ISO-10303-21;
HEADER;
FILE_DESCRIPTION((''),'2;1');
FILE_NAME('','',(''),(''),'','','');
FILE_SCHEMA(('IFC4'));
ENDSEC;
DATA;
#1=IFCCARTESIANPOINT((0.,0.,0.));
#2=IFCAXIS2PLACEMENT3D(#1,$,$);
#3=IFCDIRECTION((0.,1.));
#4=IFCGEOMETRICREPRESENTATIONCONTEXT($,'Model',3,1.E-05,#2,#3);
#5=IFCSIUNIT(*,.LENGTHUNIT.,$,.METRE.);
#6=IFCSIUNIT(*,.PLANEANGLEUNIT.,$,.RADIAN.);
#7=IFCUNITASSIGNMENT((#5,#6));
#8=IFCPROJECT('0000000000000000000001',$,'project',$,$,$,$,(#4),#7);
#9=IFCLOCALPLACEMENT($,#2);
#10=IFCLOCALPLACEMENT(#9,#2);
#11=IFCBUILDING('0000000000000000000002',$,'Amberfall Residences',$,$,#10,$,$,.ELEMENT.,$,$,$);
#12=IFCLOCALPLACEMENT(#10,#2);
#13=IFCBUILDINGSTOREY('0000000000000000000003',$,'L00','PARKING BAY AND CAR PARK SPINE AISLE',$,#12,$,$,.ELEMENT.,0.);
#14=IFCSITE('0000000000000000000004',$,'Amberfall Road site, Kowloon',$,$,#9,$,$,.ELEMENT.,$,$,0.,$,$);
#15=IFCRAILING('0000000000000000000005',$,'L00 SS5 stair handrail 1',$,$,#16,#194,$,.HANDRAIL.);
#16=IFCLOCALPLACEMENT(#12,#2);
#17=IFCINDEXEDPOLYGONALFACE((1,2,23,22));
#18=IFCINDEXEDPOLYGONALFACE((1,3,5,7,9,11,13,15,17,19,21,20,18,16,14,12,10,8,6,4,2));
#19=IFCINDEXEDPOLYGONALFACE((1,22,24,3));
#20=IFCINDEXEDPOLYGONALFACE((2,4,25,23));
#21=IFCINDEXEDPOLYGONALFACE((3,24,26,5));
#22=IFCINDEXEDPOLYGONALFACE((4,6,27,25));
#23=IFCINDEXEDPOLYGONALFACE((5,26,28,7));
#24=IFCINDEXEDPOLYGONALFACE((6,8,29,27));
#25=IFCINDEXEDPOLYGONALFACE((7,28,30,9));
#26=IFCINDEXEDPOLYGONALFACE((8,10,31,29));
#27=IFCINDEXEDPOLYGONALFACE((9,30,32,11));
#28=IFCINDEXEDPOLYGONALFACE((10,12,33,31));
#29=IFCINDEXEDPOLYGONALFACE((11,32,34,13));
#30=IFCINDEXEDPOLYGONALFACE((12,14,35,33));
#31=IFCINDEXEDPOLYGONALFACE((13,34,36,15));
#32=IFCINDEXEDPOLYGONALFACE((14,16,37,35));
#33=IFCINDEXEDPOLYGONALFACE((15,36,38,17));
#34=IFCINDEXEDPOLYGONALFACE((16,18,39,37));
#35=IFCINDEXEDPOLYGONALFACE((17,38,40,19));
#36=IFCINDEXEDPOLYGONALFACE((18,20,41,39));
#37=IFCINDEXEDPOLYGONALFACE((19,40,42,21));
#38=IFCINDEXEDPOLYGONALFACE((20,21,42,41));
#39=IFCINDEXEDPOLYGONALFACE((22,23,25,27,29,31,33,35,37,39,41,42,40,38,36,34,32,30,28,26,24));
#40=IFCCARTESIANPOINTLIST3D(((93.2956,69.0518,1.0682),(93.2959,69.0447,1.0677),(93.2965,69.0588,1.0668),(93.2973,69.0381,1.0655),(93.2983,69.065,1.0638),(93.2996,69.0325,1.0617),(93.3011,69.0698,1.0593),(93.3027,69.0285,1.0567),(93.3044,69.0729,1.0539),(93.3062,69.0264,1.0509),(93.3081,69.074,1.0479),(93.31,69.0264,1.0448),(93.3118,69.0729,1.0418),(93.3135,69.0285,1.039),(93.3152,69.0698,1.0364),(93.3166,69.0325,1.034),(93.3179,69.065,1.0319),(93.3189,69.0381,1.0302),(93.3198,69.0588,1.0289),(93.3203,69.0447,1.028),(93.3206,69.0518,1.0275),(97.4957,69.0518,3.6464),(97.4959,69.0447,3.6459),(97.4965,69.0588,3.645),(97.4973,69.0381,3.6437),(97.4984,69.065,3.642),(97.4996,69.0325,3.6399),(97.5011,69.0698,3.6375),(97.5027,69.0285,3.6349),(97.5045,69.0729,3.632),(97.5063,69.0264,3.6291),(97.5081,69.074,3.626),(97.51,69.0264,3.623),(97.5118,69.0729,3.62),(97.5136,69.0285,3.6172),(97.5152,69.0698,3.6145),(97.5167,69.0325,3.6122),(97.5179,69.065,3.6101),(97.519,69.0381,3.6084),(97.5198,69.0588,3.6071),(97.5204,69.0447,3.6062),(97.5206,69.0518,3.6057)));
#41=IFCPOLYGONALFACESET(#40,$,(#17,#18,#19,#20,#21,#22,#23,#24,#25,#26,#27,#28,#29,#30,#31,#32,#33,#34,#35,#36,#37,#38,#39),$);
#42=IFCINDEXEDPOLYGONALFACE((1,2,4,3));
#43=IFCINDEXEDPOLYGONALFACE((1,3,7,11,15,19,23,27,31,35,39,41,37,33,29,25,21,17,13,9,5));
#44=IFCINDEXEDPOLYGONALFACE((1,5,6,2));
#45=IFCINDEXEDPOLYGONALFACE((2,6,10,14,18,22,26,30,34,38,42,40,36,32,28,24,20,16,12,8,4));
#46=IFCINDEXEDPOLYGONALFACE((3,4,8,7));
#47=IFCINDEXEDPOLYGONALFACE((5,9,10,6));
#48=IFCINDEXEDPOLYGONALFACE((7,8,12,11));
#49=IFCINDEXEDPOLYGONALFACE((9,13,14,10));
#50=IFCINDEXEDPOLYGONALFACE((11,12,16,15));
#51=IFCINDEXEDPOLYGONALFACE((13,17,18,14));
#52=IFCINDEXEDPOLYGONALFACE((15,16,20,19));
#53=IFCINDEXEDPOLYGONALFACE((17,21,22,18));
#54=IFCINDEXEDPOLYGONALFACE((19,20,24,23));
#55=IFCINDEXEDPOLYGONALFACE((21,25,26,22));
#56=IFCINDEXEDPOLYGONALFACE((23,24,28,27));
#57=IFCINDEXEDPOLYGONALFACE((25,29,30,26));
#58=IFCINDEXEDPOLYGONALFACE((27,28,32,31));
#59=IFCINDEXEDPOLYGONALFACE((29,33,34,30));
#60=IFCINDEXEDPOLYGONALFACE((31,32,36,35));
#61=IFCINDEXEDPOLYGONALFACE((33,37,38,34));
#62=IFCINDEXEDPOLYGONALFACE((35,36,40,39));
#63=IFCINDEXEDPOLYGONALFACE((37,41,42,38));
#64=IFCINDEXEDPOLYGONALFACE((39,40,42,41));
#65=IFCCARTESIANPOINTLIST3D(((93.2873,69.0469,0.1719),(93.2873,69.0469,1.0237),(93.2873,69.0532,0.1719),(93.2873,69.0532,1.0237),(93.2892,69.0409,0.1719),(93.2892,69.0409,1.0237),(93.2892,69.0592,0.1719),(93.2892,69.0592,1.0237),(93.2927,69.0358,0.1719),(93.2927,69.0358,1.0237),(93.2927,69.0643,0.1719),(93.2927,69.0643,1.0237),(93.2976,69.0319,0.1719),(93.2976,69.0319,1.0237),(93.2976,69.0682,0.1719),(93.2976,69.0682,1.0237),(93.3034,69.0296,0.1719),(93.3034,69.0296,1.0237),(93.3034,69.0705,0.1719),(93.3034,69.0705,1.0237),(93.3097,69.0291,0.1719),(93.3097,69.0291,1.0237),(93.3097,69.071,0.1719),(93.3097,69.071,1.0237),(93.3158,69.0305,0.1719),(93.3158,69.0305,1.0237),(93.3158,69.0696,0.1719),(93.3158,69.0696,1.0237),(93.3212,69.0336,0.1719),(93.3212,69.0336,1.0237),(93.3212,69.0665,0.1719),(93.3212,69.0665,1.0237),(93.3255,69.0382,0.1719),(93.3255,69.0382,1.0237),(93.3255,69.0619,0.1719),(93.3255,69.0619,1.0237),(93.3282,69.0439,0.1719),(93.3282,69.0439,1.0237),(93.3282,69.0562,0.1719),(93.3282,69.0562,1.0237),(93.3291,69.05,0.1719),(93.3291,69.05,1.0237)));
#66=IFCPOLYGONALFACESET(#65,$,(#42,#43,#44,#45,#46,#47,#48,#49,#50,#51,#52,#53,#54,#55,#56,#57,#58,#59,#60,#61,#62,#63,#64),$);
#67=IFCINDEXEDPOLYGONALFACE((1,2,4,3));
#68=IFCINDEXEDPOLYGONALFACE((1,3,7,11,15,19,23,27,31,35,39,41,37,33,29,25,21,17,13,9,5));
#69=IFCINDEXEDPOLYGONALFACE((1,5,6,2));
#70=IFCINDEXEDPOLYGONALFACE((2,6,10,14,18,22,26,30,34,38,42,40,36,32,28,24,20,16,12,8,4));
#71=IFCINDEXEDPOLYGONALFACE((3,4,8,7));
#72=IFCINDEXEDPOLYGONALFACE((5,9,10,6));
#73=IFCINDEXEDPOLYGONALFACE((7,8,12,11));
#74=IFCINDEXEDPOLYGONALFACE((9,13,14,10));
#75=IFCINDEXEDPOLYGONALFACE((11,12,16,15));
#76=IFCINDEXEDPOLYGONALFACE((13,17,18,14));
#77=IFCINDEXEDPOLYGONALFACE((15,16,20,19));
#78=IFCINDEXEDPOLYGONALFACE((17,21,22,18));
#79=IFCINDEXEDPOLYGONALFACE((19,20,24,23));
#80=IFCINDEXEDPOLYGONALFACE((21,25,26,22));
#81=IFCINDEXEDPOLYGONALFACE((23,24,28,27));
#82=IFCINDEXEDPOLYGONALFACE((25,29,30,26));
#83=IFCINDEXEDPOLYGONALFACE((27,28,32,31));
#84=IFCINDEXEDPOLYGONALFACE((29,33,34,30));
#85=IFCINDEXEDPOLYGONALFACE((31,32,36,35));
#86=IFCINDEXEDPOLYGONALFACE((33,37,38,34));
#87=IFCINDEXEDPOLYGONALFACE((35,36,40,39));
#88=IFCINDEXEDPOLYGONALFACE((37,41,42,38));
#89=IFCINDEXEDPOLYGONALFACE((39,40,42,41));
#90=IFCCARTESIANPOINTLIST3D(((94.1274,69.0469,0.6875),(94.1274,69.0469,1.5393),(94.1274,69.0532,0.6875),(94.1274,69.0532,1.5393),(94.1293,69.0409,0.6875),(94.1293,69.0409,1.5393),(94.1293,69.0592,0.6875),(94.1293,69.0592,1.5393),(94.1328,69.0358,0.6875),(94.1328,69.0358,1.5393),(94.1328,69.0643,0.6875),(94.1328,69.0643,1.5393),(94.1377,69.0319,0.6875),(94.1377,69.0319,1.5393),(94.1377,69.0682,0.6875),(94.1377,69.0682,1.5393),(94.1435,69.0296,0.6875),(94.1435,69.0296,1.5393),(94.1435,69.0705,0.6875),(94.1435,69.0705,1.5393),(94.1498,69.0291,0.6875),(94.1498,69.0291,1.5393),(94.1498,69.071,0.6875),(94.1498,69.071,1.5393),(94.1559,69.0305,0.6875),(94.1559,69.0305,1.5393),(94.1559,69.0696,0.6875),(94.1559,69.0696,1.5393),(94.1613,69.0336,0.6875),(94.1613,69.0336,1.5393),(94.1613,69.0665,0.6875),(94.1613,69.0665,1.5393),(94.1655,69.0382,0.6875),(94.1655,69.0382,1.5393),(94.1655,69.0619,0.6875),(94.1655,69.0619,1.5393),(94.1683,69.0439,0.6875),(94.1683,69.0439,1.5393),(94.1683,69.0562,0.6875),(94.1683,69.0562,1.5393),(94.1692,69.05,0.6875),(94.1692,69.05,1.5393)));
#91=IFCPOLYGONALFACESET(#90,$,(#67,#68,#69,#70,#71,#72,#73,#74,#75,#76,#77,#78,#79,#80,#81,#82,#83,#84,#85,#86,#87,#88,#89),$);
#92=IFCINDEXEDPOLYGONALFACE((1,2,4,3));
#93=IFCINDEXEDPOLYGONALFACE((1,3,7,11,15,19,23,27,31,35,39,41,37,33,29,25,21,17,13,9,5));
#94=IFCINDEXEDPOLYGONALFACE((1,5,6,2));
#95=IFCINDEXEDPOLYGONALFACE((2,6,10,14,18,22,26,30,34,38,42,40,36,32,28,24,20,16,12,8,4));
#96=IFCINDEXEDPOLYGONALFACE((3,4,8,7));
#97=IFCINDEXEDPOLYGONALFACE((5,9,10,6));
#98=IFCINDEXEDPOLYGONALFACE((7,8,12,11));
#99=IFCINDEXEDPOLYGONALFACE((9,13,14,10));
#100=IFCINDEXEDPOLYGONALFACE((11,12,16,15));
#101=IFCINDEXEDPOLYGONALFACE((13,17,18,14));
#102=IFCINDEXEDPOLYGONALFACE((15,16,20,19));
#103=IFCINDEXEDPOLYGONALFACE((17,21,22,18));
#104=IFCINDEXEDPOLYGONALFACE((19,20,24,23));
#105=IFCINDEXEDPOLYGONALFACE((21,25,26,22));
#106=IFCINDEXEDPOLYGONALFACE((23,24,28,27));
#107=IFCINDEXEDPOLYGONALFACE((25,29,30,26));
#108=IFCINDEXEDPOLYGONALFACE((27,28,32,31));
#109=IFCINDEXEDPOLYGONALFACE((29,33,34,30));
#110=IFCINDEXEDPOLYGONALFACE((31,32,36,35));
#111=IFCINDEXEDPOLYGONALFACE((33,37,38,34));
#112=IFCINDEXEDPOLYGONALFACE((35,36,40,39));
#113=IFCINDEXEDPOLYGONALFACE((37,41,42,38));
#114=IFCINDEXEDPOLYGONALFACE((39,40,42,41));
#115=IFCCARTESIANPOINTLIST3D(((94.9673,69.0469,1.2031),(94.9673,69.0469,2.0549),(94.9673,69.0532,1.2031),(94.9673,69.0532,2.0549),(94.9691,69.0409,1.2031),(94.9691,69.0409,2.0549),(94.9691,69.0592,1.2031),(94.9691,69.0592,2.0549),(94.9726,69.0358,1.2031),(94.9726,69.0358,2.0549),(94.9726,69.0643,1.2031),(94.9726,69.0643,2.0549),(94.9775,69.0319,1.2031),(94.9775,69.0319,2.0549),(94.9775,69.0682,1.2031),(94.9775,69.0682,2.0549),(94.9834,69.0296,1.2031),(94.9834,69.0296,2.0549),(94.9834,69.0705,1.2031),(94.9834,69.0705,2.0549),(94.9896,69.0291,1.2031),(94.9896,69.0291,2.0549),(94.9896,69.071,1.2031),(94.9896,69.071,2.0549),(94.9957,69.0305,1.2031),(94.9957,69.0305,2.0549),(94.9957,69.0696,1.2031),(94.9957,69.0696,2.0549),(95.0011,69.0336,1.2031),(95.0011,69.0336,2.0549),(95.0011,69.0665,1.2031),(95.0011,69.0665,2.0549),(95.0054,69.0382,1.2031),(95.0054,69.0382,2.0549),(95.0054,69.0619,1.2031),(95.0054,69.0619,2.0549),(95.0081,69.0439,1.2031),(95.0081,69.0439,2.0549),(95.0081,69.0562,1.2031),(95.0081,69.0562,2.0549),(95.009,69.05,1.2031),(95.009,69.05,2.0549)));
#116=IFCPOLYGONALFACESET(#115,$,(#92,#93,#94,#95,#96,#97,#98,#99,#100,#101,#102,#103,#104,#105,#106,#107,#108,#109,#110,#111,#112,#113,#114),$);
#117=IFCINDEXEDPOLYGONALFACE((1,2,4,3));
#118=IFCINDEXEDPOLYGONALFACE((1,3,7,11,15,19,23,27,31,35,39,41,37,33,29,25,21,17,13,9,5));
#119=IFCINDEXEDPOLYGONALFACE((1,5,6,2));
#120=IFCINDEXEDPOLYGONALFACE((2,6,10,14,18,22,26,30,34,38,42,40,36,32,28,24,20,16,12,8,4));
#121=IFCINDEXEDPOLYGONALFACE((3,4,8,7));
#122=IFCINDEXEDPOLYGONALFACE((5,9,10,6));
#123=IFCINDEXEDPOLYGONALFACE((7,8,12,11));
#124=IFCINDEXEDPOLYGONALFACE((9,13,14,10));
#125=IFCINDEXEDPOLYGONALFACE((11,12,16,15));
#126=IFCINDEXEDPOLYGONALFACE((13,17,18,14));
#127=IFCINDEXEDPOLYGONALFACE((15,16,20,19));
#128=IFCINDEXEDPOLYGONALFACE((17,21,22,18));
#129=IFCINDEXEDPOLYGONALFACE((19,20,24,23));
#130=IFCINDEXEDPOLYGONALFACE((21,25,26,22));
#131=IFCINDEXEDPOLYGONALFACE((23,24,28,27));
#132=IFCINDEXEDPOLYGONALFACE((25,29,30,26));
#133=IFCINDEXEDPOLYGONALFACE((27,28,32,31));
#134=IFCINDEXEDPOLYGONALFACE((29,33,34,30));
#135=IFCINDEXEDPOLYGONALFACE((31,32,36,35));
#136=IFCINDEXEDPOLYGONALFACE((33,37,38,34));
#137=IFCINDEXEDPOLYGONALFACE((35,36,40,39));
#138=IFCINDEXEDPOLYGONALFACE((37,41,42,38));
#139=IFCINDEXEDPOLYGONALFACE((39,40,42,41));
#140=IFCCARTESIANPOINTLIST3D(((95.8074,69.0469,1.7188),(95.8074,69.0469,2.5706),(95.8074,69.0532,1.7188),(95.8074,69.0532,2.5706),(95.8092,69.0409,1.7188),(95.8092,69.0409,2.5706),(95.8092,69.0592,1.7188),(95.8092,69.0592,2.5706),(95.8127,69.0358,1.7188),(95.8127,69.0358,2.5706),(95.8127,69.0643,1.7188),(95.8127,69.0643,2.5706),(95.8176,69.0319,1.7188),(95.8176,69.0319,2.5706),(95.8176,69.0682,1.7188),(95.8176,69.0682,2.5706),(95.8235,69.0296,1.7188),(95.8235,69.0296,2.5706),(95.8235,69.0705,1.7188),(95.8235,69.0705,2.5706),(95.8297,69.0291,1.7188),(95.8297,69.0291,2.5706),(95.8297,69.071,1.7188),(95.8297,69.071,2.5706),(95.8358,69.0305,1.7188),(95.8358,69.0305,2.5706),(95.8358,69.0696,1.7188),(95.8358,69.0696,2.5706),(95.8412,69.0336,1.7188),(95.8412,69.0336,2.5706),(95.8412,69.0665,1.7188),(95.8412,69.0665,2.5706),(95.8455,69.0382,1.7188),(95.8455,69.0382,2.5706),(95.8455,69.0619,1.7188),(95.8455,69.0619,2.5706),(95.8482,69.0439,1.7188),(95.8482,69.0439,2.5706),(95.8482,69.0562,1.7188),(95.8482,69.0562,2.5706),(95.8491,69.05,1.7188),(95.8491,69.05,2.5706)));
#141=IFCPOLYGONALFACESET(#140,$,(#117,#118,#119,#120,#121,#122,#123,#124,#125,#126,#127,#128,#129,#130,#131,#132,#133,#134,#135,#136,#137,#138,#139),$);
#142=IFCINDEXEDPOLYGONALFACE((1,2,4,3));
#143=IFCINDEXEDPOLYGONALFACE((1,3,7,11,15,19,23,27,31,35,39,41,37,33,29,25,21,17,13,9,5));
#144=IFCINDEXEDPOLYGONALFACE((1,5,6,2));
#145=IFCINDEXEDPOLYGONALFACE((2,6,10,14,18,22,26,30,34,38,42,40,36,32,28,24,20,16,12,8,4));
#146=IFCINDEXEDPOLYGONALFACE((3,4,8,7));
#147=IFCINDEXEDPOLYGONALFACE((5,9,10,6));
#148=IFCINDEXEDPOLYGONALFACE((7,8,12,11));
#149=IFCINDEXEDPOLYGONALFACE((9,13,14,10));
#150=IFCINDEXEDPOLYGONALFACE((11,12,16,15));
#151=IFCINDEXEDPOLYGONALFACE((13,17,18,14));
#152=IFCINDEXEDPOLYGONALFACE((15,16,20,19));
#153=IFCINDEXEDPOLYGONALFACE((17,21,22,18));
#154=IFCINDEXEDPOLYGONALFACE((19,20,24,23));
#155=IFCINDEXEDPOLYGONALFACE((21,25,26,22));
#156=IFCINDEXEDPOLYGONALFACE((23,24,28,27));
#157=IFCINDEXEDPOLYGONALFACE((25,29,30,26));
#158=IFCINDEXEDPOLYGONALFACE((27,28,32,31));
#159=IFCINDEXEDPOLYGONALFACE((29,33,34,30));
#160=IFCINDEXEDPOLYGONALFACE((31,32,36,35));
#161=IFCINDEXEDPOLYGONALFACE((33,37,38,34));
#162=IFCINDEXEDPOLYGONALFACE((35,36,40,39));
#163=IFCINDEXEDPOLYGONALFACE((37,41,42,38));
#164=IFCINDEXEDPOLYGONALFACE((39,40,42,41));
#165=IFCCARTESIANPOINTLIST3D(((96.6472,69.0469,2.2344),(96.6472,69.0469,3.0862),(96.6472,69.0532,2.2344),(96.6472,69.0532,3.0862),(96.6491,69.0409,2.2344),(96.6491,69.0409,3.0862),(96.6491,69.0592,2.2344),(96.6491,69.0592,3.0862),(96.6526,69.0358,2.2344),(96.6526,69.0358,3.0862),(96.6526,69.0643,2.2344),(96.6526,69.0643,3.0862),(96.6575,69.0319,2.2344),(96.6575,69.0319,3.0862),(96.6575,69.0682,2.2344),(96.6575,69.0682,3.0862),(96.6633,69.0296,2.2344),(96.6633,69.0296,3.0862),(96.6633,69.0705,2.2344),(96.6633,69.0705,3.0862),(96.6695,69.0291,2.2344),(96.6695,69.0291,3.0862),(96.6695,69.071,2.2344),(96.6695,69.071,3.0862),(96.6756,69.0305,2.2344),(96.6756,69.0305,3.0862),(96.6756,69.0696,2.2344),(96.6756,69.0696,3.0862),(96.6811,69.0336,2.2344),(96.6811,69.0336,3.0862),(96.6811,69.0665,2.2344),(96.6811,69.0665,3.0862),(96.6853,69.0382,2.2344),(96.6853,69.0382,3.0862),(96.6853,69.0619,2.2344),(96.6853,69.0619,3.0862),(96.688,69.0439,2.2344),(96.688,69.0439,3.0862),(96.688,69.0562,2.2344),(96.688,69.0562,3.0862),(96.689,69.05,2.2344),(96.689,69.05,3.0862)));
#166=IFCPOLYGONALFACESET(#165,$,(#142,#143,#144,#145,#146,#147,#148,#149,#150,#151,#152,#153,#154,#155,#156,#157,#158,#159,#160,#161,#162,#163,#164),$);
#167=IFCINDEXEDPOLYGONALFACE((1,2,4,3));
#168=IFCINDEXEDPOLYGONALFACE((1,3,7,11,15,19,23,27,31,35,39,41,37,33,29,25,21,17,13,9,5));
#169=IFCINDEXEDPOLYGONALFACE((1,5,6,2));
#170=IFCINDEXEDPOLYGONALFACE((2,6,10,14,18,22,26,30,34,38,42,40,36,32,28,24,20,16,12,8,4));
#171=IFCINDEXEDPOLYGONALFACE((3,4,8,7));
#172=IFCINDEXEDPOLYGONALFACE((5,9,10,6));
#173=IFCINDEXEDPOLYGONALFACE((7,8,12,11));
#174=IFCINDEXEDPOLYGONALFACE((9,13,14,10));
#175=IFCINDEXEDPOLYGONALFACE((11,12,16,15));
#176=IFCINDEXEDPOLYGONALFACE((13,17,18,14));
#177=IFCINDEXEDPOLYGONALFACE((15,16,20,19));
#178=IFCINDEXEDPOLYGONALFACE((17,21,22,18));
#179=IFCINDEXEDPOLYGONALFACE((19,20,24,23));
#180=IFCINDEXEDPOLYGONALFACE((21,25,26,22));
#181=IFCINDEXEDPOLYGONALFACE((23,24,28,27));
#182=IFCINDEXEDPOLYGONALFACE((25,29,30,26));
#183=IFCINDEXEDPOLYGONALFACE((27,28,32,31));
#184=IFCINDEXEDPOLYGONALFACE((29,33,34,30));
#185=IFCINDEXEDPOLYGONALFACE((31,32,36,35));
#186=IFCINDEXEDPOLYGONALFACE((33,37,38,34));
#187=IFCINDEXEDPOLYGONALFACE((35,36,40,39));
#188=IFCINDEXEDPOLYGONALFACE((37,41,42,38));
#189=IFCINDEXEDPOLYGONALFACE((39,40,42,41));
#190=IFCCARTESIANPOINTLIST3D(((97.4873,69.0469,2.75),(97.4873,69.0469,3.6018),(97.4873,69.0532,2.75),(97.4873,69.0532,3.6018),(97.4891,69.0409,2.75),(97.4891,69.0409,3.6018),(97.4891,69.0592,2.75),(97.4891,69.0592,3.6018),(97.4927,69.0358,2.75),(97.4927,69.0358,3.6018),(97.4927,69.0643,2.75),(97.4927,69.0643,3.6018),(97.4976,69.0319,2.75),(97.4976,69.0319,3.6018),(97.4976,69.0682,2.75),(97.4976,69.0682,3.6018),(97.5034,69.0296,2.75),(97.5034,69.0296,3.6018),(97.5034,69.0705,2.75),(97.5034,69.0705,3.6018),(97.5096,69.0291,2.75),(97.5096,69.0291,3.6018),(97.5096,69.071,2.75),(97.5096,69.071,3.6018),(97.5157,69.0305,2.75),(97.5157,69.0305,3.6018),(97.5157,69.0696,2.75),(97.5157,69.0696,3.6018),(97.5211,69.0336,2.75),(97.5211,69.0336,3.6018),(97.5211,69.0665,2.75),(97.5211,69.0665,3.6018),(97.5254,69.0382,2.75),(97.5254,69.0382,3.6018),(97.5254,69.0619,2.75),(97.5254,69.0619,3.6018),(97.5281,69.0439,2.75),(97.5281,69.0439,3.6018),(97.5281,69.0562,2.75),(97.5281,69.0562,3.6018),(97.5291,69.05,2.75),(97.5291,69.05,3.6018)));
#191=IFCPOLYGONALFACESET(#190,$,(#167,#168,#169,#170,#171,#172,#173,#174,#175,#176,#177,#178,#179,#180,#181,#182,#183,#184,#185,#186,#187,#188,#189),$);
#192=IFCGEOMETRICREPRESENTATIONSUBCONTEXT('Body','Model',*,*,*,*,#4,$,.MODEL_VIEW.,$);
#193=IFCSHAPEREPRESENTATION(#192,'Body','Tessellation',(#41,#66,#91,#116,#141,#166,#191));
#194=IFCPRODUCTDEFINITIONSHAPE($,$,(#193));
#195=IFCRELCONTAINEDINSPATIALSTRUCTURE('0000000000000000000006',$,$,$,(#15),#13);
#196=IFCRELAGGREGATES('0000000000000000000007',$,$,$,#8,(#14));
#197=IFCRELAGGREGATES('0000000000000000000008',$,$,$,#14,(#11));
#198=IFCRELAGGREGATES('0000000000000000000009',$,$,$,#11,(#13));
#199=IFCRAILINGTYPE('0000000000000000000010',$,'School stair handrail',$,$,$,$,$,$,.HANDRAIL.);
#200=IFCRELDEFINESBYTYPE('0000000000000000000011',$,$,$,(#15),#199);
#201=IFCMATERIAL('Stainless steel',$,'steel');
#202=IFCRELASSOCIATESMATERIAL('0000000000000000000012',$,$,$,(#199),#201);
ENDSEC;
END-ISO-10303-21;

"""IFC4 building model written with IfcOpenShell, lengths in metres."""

from ifc_helpers import new_model, si_unit, direction, frame, origin, origin_2d, place, context, subcontext, project, spatial, circle, extrude, material, type_object, element, save


model = new_model("IFC4")

# Units and contexts
model_context = context("Model", 3, precision=1e-05, world=origin(), true_north=direction((0.0, 1.0)))
body_context = subcontext(model_context, "Body", "Model", "MODEL_VIEW")
ifc_project = project(units=[si_unit("LENGTHUNIT", "METRE"), si_unit("PLANEANGLEUNIT", "RADIAN")], contexts=[model_context])

# Site, building, storey
site_placement = place(None, origin())
site = spatial("IfcSite", under=ifc_project, at=site_placement, Name="Amberfall Road site, Kowloon", CompositionType="ELEMENT", RefElevation=0.0)
building_placement = place(site_placement, origin())
building = spatial("IfcBuilding", under=site, at=building_placement, Name="Amberfall Residences", CompositionType="ELEMENT")
storey_placement = place(building_placement, origin())
storey = spatial("IfcBuildingStorey", under=building, at=storey_placement, Name="L00", Description="PARKING BAY AND CAR PARK SPINE AISLE", CompositionType="ELEMENT", Elevation=0.0)

# Railing
ifc_material_1 = material(Name="Stainless steel", Category="steel")
railing_type_1 = type_object("IfcRailingType", Name="School stair handrail", PredefinedType="HANDRAIL", material=ifc_material_1)
railing_1_placement = place(storey_placement, frame((93.3081, 69.05, 0.1719)))
element("IfcRailing", 1, at=railing_1_placement, inside=storey, type_object=railing_type_1, Name="L00 SS5 stair handrail 1", PredefinedType="HANDRAIL", context=body_context, shape_type="SweptSolid", body=[
    extrude(circle(Radius=0.0239, at=origin_2d()), frame((0.0, 0.0, 0.876), z_axis=(0.852243, 0.0, 0.523146), x_axis=(0.0, 1.0, 0.0)), (0.0, 0.0, 1.0), 4.9282),
    extrude(circle(Radius=0.021, at=origin_2d()), origin(), (0.0, 0.0, 1.0), 0.8518),
    extrude(circle(Radius=0.021, at=origin_2d()), frame((0.8401, 0.0, 0.5156)), (0.0, 0.0, 1.0), 0.8518),
    extrude(circle(Radius=0.021, at=origin_2d()), frame((1.6799, 0.0, 1.0312)), (0.0, 0.0, 1.0), 0.8518),
    extrude(circle(Radius=0.021, at=origin_2d()), frame((2.52, 0.0, 1.5469)), (0.0, 0.0, 1.0), 0.8518),
    extrude(circle(Radius=0.021, at=origin_2d()), frame((3.3599, 0.0, 2.0625)), (0.0, 0.0, 1.0), 0.8518),
    extrude(circle(Radius=0.021, at=origin_2d()), frame((4.2, 0.0, 2.5781)), (0.0, 0.0, 1.0), 0.8518),
])

save(model, "model.ifc")
